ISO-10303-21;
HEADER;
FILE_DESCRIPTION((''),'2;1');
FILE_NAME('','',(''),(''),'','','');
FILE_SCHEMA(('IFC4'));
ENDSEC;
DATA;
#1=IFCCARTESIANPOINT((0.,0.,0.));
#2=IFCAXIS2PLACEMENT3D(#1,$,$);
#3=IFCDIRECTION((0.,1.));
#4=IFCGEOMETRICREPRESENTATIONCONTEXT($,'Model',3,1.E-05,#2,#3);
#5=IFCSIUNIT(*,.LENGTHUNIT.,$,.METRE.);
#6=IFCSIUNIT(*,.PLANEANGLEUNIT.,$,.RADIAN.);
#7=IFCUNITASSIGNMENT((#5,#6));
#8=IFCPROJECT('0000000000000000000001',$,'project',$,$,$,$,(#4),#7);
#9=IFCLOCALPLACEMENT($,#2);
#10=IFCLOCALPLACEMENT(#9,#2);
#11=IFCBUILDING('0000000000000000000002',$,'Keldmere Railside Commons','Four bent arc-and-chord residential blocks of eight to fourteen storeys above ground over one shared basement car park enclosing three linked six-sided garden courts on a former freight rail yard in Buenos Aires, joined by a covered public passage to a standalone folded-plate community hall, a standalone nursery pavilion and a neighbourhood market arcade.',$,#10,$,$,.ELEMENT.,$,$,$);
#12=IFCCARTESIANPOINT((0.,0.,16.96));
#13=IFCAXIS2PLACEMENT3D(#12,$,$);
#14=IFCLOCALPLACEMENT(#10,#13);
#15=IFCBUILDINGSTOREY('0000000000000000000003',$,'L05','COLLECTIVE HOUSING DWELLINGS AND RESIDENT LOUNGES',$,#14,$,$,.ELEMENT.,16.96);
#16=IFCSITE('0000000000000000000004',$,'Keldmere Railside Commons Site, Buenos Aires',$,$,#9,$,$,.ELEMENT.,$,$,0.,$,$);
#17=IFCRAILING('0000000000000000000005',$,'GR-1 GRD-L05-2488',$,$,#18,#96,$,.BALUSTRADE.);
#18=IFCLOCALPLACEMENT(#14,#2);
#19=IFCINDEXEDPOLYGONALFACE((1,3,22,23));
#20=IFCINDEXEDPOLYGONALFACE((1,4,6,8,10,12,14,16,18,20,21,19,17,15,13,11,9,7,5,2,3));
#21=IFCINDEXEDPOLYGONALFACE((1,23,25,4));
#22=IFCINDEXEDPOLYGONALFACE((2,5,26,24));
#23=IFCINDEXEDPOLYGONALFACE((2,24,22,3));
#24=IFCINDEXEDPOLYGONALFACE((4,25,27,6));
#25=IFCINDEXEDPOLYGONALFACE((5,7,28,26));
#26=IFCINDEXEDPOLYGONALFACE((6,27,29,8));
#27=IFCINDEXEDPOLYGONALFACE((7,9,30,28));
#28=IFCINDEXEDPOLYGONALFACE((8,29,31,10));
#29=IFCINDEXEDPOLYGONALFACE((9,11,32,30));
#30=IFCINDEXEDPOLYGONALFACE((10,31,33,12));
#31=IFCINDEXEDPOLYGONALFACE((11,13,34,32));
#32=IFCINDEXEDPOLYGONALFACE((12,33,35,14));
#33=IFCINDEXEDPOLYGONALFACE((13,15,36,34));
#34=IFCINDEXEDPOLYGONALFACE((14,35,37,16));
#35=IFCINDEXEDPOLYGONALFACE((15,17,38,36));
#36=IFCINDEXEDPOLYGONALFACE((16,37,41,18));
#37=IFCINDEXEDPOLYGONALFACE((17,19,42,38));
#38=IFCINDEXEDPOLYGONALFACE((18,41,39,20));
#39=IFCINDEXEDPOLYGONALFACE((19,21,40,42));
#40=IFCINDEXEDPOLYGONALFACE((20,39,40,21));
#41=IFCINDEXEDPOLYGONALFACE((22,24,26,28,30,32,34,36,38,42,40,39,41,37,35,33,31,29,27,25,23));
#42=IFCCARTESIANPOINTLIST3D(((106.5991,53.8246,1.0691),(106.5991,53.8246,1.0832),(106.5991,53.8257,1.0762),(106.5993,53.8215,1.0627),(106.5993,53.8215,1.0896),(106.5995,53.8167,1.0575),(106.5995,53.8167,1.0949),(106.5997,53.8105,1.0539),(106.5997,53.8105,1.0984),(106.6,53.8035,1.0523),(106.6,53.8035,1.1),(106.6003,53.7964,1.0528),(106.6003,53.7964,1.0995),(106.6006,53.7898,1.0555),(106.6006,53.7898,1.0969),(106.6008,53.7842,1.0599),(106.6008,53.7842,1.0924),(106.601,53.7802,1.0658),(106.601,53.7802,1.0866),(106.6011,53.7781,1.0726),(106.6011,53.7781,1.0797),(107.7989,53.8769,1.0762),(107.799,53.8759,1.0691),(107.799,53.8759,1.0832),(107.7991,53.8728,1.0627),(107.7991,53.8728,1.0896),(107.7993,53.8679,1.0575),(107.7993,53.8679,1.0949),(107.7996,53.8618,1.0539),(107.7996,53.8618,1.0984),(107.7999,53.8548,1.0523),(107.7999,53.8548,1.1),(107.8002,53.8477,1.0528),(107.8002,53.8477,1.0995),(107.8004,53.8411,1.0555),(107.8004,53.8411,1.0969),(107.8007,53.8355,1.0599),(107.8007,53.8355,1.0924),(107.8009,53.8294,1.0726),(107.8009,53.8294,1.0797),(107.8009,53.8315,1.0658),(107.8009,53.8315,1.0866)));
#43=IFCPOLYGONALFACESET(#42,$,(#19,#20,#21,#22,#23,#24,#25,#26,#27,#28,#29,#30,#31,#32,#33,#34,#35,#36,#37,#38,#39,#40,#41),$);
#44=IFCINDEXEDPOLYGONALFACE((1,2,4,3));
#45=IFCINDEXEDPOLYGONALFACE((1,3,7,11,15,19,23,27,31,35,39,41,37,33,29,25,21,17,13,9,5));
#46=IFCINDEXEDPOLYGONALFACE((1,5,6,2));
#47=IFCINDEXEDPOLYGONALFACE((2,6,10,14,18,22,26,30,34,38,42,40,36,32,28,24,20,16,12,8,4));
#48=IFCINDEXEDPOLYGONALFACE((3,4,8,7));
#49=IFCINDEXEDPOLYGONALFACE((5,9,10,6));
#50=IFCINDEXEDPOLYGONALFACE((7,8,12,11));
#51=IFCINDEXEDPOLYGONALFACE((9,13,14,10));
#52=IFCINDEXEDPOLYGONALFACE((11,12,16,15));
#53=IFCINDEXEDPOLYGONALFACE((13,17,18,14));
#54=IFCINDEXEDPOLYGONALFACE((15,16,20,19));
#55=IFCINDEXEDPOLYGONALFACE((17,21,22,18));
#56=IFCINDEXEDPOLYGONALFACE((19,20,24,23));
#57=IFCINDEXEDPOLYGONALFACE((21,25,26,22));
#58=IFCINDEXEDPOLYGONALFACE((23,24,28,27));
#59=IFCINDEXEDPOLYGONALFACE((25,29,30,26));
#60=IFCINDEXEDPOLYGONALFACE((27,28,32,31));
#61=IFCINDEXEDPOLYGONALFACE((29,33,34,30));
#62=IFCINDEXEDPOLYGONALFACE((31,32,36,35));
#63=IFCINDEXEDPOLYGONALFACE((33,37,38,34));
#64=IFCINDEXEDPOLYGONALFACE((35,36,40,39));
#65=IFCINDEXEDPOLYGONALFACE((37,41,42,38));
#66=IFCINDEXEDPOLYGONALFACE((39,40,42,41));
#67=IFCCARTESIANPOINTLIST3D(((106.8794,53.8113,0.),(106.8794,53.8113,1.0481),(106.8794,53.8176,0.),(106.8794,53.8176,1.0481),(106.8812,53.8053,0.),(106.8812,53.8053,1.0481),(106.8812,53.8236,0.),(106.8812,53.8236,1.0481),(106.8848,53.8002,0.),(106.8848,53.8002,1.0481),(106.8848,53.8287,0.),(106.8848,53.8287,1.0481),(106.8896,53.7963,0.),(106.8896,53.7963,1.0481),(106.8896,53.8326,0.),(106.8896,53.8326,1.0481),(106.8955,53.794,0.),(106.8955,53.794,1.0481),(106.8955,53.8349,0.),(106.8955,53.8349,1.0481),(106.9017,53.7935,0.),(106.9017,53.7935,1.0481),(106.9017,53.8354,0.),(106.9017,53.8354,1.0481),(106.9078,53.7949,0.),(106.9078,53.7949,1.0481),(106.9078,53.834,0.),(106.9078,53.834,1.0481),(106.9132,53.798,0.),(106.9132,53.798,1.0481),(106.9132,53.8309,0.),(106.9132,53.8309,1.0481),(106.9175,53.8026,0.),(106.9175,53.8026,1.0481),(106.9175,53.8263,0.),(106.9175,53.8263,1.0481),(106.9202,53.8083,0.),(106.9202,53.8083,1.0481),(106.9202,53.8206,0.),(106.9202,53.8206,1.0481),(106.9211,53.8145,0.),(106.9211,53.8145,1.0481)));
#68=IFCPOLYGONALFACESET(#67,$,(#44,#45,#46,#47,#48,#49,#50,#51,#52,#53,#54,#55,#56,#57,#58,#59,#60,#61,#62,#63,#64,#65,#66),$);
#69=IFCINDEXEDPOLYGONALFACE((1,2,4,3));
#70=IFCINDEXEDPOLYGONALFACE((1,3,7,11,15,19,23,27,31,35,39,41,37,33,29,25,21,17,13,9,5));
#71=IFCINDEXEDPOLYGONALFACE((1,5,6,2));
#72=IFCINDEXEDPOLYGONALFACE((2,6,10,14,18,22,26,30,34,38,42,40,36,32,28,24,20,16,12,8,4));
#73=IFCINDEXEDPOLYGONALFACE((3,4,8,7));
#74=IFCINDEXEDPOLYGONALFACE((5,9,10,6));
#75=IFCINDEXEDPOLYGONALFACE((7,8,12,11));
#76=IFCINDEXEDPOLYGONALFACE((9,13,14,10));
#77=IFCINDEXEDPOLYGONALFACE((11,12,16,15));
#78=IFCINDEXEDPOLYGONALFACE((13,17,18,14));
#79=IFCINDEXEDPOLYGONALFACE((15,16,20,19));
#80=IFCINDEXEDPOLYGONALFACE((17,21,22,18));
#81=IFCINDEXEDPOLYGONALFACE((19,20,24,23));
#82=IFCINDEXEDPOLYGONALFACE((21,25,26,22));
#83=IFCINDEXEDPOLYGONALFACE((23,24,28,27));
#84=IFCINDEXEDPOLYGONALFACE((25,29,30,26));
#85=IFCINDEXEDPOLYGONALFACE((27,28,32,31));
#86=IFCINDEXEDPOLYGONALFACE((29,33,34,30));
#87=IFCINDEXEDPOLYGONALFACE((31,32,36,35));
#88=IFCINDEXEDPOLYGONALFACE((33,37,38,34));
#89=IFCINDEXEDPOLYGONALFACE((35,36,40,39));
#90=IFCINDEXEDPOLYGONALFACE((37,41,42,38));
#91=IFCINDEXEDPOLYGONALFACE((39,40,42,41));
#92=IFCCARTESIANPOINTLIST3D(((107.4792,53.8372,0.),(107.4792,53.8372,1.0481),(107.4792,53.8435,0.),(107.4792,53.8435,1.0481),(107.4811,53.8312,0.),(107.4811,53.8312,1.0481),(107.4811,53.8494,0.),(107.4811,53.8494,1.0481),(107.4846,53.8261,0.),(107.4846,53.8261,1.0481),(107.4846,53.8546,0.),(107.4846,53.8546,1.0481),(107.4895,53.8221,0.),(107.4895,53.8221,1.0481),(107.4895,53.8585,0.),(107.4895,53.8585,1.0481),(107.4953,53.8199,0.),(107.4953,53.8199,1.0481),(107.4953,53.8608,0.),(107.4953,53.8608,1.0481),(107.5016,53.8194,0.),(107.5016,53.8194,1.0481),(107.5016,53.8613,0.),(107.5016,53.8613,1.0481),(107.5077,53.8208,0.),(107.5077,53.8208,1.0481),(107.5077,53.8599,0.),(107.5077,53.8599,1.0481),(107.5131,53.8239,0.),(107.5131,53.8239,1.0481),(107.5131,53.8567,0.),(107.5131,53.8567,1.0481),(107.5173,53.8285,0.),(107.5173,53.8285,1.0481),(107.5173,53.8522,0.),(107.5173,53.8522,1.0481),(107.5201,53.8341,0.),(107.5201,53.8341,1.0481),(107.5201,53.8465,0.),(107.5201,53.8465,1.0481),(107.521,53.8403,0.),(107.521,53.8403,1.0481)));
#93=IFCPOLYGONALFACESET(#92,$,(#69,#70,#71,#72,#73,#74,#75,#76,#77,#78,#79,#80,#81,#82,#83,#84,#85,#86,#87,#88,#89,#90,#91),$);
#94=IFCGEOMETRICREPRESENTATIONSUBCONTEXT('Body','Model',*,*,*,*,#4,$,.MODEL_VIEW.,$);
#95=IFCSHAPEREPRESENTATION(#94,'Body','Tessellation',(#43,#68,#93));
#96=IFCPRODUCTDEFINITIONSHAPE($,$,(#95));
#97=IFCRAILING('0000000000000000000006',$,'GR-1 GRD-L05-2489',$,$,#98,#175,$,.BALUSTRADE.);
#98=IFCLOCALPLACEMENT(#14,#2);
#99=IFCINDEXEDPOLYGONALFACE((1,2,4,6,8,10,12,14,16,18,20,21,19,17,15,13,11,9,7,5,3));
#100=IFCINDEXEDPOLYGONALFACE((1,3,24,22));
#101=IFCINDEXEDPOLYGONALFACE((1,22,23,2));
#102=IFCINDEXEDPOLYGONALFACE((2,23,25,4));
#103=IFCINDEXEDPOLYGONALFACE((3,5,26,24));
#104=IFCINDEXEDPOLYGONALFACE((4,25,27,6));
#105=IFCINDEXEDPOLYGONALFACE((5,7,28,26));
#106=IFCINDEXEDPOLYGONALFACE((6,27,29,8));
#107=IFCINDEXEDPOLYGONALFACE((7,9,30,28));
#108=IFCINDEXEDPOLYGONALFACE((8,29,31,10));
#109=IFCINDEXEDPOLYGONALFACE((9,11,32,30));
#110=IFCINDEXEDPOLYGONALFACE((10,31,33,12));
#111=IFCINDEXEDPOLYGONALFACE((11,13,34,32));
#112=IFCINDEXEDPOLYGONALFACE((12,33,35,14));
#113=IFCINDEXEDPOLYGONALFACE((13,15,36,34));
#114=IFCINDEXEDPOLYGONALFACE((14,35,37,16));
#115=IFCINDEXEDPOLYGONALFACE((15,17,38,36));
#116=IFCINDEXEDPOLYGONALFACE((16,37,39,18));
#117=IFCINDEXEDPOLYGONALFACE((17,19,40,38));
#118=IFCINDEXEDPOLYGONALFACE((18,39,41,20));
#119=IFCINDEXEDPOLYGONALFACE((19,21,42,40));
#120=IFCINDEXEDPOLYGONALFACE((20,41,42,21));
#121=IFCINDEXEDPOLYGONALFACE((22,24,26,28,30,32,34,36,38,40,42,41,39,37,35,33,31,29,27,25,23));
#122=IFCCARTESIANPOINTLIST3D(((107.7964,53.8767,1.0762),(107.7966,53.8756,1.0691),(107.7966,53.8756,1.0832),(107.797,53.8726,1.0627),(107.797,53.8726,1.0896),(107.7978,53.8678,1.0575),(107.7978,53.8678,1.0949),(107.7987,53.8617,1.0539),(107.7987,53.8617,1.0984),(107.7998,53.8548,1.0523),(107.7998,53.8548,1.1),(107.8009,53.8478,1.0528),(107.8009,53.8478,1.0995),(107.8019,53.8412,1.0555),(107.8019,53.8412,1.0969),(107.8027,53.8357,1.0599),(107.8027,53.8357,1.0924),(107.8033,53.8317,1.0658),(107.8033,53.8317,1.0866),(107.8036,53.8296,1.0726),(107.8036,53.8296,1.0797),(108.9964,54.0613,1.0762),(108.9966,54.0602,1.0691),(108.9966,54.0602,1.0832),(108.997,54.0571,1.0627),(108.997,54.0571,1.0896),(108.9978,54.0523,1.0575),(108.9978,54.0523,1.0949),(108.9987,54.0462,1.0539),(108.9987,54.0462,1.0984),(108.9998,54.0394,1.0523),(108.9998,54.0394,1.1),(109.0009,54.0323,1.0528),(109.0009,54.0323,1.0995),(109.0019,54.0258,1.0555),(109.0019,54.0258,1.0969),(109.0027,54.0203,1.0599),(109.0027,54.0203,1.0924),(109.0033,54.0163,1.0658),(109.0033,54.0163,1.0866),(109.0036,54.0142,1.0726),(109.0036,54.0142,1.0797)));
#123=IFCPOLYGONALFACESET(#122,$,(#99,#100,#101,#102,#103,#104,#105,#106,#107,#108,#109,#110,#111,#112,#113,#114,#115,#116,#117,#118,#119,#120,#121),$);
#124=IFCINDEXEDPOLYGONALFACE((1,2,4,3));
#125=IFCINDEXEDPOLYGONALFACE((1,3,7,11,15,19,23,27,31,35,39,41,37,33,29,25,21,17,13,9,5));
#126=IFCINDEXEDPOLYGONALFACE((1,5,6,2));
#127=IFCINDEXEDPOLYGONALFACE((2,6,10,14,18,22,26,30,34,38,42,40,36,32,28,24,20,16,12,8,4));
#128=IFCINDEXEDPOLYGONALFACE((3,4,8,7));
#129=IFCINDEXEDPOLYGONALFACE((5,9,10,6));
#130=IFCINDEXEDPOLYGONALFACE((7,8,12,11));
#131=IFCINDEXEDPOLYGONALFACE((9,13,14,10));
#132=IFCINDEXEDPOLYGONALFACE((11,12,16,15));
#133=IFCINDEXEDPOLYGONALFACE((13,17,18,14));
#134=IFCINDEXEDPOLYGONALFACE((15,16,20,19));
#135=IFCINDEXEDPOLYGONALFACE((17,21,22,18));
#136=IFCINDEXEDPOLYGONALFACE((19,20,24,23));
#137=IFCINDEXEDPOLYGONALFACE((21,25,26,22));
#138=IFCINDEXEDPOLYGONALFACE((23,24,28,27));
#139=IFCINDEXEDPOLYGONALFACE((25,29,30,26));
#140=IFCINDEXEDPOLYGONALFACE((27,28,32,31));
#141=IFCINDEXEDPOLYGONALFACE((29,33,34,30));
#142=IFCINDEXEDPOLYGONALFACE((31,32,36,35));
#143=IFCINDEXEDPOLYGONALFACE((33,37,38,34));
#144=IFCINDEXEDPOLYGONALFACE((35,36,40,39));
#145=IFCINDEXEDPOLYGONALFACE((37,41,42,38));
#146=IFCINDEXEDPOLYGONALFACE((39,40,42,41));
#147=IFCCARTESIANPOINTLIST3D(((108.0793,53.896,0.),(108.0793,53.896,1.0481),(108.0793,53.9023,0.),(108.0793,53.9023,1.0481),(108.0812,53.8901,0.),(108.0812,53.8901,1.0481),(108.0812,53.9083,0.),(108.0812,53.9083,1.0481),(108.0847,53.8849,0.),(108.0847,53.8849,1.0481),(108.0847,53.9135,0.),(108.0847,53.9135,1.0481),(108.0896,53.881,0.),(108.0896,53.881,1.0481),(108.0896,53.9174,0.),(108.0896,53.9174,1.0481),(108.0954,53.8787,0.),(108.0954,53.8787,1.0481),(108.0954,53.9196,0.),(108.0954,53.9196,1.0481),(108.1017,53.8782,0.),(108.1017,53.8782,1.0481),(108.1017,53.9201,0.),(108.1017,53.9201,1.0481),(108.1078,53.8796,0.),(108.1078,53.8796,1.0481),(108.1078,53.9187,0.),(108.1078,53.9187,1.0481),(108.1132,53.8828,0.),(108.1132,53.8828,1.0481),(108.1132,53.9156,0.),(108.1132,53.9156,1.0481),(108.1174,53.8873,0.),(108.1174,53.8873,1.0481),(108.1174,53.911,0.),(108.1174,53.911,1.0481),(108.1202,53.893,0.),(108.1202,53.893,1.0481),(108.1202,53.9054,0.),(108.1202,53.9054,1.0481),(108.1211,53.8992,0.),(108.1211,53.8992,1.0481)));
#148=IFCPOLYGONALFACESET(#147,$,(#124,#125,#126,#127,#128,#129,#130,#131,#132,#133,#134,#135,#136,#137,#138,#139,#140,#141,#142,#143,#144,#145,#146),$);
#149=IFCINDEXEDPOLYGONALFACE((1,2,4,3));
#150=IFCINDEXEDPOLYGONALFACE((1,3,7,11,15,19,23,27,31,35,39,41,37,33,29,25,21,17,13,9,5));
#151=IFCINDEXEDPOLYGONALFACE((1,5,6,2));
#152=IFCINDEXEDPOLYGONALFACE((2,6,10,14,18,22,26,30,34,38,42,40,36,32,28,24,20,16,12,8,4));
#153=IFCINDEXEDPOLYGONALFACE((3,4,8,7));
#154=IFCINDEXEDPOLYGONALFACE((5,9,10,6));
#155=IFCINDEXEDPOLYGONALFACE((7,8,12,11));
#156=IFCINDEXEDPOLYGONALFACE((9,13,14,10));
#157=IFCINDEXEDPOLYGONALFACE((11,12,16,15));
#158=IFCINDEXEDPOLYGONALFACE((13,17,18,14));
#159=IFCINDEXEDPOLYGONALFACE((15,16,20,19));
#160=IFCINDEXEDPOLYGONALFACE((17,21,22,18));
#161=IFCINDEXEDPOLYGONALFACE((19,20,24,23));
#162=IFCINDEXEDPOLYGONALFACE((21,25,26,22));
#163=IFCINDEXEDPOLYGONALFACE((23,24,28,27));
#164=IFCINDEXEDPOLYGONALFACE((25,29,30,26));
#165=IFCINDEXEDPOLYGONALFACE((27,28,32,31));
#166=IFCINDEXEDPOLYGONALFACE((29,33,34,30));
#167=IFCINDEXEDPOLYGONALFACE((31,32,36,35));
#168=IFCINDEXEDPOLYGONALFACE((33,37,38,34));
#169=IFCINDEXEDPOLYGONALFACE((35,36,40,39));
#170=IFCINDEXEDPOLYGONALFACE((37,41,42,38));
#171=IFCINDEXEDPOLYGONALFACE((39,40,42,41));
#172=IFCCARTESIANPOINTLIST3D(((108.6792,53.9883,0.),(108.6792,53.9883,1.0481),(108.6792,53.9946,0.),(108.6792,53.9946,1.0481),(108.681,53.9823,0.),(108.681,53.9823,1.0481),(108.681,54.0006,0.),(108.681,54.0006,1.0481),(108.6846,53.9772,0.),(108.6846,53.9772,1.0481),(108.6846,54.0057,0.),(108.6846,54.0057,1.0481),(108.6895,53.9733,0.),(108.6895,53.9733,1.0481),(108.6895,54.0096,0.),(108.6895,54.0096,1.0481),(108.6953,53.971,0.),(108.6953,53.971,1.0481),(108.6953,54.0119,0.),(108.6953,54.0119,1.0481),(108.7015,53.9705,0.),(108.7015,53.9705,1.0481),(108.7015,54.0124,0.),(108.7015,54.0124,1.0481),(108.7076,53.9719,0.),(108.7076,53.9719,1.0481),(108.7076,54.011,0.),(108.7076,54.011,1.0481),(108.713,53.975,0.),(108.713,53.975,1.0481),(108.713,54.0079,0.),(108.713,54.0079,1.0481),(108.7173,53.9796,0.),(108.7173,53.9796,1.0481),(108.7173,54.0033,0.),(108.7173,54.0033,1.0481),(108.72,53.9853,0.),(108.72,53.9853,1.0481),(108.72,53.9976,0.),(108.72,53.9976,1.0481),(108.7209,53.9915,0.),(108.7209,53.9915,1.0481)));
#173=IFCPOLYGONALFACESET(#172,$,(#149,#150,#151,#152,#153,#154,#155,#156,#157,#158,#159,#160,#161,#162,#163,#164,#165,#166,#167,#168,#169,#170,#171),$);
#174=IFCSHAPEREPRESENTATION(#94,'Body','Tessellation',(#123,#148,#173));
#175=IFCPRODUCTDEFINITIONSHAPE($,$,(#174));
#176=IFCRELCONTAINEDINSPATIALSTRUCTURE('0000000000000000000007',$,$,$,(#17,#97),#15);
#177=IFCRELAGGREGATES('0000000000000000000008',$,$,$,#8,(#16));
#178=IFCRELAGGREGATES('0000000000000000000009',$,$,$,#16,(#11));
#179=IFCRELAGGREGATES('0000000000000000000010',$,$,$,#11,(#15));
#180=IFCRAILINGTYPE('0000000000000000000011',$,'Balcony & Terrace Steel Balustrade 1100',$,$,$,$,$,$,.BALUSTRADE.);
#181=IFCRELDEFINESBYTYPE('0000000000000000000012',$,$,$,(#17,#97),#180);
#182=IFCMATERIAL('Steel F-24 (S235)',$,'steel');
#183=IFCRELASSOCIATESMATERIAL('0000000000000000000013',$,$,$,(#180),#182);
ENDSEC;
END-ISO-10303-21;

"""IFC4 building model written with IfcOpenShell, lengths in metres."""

from ifc_helpers import new_model, si_unit, direction, frame, origin, origin_2d, place, context, subcontext, project, spatial, circle, extrude, material, type_object, element, save


model = new_model("IFC4")

# Units and contexts
model_context = context("Model", 3, precision=1e-05, world=origin(), true_north=direction((0.0, 1.0)))
body_context = subcontext(model_context, "Body", "Model", "MODEL_VIEW")
ifc_project = project(units=[si_unit("LENGTHUNIT", "METRE"), si_unit("PLANEANGLEUNIT", "RADIAN")], contexts=[model_context])

# Site, building, storey
site_placement = place(None, origin())
site = spatial("IfcSite", under=ifc_project, at=site_placement, Name="Keldmere Railside Commons Site, Buenos Aires", CompositionType="ELEMENT", RefElevation=0.0)
building_placement = place(site_placement, origin())
building = spatial("IfcBuilding", under=site, at=building_placement, Name="Keldmere Railside Commons", Description="Four bent arc-and-chord residential blocks of eight to fourteen storeys above ground over one shared basement car park enclosing three linked six-sided garden courts on a former freight rail yard in Buenos Aires, joined by a covered public passage to a standalone folded-plate community hall, a standalone nursery pavilion and a neighbourhood market arcade.", CompositionType="ELEMENT")
storey_placement = place(building_placement, frame((0.0, 0.0, 16.96)))
storey = spatial("IfcBuildingStorey", under=building, at=storey_placement, Name="L05", Description="COLLECTIVE HOUSING DWELLINGS AND RESIDENT LOUNGES", CompositionType="ELEMENT", Elevation=16.96)

# Railings
ifc_material_1 = material(Name="Steel F-24 (S235)", Category="steel")
railing_type = type_object("IfcRailingType", Name="Balcony & Terrace Steel Balustrade 1100", PredefinedType="BALUSTRADE", material=ifc_material_1)
railing_1_placement = place(storey_placement, frame((106.6001, 53.8018, 0.0)))
element("IfcRailing", 1, at=railing_1_placement, inside=storey, type_object=railing_type, Name="GR-1 GRD-L05-2488", PredefinedType="BALUSTRADE", context=body_context, shape_type="SweptSolid", body=[
    extrude(circle(Radius=0.0239, at=origin_2d()), frame((0.0, 0.0, 1.0762), z_axis=(0.999088, 0.042687, 0.0), x_axis=(-0.042687, 0.999088, 0.0)), (0.0, 0.0, 1.0), 1.2009),
    extrude(circle(Radius=0.021, at=origin_2d()), frame((0.3, 0.0127, 0.0)), (0.0, 0.0, 1.0), 1.0481),
    extrude(circle(Radius=0.021, at=origin_2d()), frame((0.8999, 0.0386, 0.0)), (0.0, 0.0, 1.0), 1.0481),
])
railing_2_placement = place(storey_placement, frame((107.8, 53.853, 0.0)))
element("IfcRailing", 2, at=railing_2_placement, inside=storey, type_object=railing_type, Name="GR-1 GRD-L05-2489", PredefinedType="BALUSTRADE", context=body_context, shape_type="SweptSolid", body=[
    extrude(circle(Radius=0.0239, at=origin_2d()), frame((0.0, 0.0, 1.0762), z_axis=(0.988376, 0.152027, 0.0), x_axis=(-0.152027, 0.988376, 0.0)), (0.0, 0.0, 1.0), 1.2141),
    extrude(circle(Radius=0.021, at=origin_2d()), frame((0.3, 0.0461, 0.0)), (0.0, 0.0, 1.0), 1.0481),
    extrude(circle(Radius=0.021, at=origin_2d()), frame((0.8999, 0.1384, 0.0)), (0.0, 0.0, 1.0), 1.0481),
])

save(model, "model.ifc")
